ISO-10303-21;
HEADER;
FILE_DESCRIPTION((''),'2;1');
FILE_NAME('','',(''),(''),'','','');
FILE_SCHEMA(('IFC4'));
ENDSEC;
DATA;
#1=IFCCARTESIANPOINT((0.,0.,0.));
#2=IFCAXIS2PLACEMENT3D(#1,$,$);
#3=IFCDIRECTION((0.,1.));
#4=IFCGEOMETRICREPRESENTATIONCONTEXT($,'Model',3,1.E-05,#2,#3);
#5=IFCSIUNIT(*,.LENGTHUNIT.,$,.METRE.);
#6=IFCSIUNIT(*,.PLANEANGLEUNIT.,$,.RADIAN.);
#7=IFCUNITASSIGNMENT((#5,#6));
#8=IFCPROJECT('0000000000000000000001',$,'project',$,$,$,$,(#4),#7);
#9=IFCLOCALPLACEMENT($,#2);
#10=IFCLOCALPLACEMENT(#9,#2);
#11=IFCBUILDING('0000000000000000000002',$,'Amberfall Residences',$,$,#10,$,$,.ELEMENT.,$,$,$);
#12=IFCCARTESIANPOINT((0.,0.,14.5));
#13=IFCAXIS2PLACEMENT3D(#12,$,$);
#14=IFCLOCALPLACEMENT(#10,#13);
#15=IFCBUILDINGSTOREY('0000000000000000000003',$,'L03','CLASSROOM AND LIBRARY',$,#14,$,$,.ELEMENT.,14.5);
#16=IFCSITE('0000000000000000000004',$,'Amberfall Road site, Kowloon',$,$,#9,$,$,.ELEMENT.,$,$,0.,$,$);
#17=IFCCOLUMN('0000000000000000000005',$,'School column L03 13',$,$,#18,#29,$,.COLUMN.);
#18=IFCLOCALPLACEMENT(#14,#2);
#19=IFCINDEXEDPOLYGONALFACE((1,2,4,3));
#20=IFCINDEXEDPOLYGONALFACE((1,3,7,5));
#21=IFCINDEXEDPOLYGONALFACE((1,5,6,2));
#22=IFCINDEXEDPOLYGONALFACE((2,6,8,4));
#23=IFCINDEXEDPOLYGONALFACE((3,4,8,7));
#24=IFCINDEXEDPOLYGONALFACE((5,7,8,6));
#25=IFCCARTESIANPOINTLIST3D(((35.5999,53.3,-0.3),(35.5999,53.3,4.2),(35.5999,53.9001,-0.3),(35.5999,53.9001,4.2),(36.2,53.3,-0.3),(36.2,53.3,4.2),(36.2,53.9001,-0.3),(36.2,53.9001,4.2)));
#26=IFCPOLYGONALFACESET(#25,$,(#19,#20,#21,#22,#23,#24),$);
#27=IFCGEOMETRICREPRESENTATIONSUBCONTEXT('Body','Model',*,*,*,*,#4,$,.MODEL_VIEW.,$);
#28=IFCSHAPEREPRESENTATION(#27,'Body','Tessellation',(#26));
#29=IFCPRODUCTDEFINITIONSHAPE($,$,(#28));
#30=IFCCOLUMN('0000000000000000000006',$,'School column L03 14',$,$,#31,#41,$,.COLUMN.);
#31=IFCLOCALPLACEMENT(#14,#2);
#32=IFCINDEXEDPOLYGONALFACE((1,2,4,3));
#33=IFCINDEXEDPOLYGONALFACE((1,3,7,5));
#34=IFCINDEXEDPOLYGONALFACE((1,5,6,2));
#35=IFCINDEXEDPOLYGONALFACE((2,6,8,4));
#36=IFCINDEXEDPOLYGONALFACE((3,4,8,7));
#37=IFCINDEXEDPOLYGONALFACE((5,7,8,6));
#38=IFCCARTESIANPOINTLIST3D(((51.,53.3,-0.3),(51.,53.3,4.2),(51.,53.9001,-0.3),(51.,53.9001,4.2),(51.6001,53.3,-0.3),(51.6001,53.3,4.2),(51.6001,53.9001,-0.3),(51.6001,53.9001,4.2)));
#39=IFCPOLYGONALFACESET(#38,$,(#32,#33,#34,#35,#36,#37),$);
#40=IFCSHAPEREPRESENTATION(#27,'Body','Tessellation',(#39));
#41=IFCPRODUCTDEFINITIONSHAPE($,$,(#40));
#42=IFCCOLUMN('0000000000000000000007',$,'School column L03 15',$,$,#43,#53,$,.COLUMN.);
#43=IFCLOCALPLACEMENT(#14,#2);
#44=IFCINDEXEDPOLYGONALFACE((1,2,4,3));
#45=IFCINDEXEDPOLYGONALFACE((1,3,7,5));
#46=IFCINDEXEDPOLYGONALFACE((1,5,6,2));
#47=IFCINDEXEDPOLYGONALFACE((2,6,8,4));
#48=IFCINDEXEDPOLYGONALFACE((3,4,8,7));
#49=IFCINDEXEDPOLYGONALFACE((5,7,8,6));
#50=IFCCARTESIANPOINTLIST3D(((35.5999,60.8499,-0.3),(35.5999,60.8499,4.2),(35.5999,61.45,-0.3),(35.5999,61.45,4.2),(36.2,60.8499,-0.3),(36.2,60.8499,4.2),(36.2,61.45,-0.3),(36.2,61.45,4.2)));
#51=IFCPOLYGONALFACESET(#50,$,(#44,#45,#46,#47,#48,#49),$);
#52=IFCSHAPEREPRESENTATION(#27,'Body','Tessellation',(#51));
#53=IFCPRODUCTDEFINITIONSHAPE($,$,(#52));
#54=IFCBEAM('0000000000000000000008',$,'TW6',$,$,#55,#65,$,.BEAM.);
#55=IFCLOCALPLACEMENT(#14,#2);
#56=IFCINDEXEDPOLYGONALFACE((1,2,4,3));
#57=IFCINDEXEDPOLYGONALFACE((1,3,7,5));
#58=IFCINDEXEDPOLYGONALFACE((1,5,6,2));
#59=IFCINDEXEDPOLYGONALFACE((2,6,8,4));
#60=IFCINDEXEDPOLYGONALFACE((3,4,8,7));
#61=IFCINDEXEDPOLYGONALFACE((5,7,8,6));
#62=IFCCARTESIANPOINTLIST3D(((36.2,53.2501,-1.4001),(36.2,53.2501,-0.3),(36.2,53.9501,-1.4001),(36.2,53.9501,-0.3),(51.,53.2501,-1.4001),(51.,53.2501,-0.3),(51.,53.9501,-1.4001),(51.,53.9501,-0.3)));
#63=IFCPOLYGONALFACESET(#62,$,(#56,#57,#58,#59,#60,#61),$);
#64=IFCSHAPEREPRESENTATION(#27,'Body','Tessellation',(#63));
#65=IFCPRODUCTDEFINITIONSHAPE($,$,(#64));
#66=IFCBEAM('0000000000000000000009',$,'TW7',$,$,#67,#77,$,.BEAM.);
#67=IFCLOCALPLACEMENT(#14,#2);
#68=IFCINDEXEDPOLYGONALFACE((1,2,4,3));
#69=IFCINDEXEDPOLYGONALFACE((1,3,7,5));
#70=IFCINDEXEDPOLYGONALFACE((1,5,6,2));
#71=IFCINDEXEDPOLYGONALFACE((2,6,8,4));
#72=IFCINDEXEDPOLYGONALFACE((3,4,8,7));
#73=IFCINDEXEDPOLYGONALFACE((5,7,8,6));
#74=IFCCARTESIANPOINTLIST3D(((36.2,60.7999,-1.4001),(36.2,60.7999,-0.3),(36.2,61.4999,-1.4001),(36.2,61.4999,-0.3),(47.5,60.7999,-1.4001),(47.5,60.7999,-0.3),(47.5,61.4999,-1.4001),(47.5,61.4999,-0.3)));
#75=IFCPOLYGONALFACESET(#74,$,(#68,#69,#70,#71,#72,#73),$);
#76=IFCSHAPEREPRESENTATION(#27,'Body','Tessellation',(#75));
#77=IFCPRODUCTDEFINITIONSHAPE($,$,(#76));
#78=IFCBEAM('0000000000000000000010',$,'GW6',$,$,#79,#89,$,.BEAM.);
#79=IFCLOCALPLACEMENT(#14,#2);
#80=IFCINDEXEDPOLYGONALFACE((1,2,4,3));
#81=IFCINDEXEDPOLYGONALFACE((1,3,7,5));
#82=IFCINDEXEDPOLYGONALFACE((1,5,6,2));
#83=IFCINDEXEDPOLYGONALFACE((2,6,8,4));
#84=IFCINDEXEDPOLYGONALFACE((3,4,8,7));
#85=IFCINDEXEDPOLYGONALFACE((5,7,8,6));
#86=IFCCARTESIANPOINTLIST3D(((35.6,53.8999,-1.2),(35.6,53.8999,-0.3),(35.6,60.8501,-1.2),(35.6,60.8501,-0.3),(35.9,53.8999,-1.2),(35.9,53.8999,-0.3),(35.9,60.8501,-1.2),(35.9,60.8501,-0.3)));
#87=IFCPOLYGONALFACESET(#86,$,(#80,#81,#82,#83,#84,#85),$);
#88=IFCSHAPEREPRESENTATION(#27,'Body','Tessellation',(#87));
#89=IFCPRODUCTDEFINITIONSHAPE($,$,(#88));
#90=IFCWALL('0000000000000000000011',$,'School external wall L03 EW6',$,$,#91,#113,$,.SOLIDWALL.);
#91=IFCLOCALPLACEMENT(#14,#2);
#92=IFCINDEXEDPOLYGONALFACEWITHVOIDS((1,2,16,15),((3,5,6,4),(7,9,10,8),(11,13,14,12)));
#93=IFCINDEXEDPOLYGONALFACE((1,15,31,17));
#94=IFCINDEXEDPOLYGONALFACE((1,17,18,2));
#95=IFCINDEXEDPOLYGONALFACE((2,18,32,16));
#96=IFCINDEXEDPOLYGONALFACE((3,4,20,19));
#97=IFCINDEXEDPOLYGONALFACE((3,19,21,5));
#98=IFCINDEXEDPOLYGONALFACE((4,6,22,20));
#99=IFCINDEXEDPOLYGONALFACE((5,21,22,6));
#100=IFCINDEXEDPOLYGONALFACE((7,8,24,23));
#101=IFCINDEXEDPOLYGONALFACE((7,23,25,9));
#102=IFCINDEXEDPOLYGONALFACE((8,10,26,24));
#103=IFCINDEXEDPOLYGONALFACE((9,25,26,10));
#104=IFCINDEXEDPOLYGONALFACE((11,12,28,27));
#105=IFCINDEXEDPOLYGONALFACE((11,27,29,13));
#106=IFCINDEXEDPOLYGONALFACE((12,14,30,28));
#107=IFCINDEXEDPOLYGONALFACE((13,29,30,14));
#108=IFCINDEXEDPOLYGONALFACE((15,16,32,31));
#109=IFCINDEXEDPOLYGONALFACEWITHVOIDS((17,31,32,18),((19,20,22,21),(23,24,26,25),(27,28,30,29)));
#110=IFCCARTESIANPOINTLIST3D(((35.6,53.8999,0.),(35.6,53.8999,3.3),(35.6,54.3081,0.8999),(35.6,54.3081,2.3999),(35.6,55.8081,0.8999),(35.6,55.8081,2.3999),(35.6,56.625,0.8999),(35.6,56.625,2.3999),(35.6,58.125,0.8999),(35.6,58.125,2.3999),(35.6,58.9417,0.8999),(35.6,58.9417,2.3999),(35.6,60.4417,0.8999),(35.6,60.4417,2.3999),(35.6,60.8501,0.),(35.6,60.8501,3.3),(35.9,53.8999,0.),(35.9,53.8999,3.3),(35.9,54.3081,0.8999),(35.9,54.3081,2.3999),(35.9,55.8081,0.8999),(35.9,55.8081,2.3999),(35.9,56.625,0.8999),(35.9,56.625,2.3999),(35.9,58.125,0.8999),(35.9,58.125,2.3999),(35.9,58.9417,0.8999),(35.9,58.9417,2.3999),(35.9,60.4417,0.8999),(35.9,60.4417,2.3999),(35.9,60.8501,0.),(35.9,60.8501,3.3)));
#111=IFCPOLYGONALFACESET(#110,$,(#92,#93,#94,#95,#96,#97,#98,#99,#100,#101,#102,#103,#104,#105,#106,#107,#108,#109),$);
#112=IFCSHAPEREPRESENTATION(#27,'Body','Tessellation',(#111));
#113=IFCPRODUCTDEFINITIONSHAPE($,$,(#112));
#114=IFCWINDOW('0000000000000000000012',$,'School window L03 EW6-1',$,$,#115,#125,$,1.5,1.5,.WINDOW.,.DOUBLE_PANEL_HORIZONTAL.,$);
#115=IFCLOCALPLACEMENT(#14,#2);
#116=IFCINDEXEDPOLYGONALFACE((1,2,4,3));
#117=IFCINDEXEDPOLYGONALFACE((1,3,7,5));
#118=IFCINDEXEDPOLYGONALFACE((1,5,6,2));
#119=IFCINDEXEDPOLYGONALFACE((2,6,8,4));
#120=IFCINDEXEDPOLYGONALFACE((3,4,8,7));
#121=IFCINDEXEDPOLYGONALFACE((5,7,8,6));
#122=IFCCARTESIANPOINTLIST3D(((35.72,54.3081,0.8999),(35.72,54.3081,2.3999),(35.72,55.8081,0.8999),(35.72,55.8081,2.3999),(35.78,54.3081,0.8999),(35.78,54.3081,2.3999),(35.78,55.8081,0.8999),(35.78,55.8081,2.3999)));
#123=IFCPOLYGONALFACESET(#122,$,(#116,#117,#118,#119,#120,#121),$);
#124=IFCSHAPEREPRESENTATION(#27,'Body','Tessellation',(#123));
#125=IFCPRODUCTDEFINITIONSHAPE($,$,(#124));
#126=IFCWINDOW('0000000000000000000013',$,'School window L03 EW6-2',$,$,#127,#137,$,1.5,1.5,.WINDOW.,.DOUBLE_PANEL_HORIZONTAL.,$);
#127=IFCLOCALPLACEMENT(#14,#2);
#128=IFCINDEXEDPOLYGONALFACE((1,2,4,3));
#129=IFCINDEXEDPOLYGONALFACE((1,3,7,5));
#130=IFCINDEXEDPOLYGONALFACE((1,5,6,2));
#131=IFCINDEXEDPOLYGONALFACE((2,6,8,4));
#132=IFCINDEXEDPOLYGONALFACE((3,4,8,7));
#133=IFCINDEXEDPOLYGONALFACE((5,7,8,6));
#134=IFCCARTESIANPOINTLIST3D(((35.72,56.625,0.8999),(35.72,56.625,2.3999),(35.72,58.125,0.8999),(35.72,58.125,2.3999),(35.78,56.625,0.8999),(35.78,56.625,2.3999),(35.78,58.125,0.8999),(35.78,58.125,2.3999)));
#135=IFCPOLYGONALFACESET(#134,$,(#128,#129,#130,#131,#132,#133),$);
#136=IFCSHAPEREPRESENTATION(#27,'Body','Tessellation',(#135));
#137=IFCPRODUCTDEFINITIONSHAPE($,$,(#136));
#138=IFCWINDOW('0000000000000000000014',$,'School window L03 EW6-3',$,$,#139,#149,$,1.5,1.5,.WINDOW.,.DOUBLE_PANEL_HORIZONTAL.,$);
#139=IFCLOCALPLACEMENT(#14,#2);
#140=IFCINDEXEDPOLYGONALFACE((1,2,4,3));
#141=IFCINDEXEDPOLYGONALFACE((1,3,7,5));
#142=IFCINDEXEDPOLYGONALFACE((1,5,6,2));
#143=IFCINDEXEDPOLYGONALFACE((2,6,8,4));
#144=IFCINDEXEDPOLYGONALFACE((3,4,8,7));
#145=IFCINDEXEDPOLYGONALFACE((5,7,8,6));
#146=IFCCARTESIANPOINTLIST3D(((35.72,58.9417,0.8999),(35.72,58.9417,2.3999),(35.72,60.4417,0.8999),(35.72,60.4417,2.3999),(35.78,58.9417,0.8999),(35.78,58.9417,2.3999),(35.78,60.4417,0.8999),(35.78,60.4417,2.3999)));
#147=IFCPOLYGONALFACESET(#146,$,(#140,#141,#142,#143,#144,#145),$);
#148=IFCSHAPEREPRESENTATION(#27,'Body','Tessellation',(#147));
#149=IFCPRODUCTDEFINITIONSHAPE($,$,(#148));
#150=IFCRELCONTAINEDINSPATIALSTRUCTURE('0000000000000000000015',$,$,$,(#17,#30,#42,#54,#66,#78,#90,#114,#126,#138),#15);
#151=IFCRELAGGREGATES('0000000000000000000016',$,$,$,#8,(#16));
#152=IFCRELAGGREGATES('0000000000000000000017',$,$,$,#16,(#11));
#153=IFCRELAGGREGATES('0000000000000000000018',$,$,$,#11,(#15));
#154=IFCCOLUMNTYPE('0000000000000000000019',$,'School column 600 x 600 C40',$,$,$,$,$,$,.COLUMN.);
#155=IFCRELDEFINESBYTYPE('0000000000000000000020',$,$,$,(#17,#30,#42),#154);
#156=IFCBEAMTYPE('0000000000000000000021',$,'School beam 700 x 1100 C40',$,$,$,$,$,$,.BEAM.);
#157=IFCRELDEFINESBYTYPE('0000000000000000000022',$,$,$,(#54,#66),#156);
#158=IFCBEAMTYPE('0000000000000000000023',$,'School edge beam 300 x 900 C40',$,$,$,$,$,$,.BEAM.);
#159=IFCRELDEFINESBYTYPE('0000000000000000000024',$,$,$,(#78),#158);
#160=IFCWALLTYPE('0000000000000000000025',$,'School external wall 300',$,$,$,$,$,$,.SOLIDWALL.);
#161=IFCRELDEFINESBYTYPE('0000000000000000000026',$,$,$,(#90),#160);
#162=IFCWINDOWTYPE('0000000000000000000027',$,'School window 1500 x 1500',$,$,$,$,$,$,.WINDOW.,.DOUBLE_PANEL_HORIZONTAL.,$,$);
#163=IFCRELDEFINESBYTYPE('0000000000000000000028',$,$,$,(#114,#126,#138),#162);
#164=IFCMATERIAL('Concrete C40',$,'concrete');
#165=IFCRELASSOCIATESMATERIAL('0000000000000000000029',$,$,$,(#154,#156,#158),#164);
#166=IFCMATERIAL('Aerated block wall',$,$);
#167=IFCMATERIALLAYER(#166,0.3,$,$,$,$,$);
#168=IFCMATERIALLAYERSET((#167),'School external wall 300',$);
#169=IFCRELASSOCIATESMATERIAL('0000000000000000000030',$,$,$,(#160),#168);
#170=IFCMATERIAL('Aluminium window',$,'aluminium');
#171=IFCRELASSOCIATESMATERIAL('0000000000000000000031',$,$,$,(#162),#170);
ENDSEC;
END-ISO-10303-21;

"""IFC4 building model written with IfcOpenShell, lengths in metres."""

from ifc_helpers import new_model, si_unit, direction, frame, frame_2d, origin, origin_2d, place, context, subcontext, project, spatial, rectangle, extrude, material, layer, layer_set, material_profile, profile_set, type_object, element, fill, save


model = new_model("IFC4")

# Units and contexts
model_context = context("Model", 3, precision=1e-05, world=origin(), true_north=direction((0.0, 1.0)))
body_context = subcontext(model_context, "Body", "Model", "MODEL_VIEW")
ifc_project = project(units=[si_unit("LENGTHUNIT", "METRE"), si_unit("PLANEANGLEUNIT", "RADIAN")], contexts=[model_context])

# Site, building, storey
site_placement = place(None, origin())
site = spatial("IfcSite", under=ifc_project, at=site_placement, Name="Amberfall Road site, Kowloon", CompositionType="ELEMENT", RefElevation=0.0)
building_placement = place(site_placement, origin())
building = spatial("IfcBuilding", under=site, at=building_placement, Name="Amberfall Residences", CompositionType="ELEMENT")
storey_placement = place(building_placement, frame((0.0, 0.0, 14.5)))
storey = spatial("IfcBuildingStorey", under=building, at=storey_placement, Name="L03", Description="CLASSROOM AND LIBRARY", CompositionType="ELEMENT", Elevation=14.5)

# Columns
ifc_material_1 = material(Name="Concrete C40", Category="concrete")
ifc_material_profile_1 = material_profile(ifc_material_1, rectangle(XDim=0.6001, YDim=0.6001, at=origin_2d()), Name="School column 600 x 600 C40")
ifc_profile_set_1 = profile_set([ifc_material_profile_1], Name="Concrete C40")
column_type = type_object("IfcColumnType", Name="School column 600 x 600 C40", PredefinedType="COLUMN", material=ifc_profile_set_1)
for number, where, z_axis, x_axis, name in (
    (1, (35.8999, 53.6001, -0.3), (0.0, 0.0, 1.0), (1.0, 0.0, 0.0), "School column L03 13"),
    (2, (51.3, 53.6001, -0.3), (0.0, 0.0, 1.0), (1.0, 0.0, 0.0), "School column L03 14"),
    (3, (35.8999, 61.1499, -0.3), (0.0, 0.0, 1.0), (1.0, 0.0, 0.0), "School column L03 15"),
):
    element("IfcColumn", number, at=place(storey_placement, frame(where, z_axis=z_axis, x_axis=x_axis)), inside=storey, type_object=column_type, Name=name, PredefinedType="COLUMN", context=body_context, shape_type="SweptSolid", body=[
        extrude(rectangle(XDim=0.6001, YDim=0.6001, at=origin_2d()), origin(), (0.0, 0.0, 1.0), 4.5),
    ])

# Beams
ifc_material_profile_2 = material_profile(ifc_material_1, rectangle(XDim=0.7, YDim=1.1001, at=origin_2d()), Name="School beam 700 x 1100 C40")
ifc_profile_set_2 = profile_set([ifc_material_profile_2], Name="Concrete C40")
beam_type_1 = type_object("IfcBeamType", Name="School beam 700 x 1100 C40", PredefinedType="BEAM", material=ifc_profile_set_2)
beam_1_placement = place(storey_placement, frame((36.2, 53.6001, -0.8501), z_axis=(1.0, 0.0, 0.0), x_axis=(0.0, 1.0, 0.0)))
element("IfcBeam", 4, at=beam_1_placement, inside=storey, type_object=beam_type_1, Name="TW6", PredefinedType="BEAM", context=body_context, shape_type="SweptSolid", body=[
    extrude(rectangle(XDim=0.7, YDim=1.1001, at=origin_2d()), origin(), (0.0, 0.0, 1.0), 14.8),
])
beam_2_placement = place(storey_placement, frame((36.2, 61.1499, -0.8501), z_axis=(1.0, 0.0, 0.0), x_axis=(0.0, 1.0, 0.0)))
element("IfcBeam", 5, at=beam_2_placement, inside=storey, type_object=beam_type_1, Name="TW7", PredefinedType="BEAM", context=body_context, shape_type="SweptSolid", body=[
    extrude(rectangle(XDim=0.7, YDim=1.1001, at=origin_2d()), origin(), (0.0, 0.0, 1.0), 11.3),
])
ifc_material_profile_3 = material_profile(ifc_material_1, rectangle(XDim=0.3, YDim=0.8999, at=origin_2d()), Name="School edge beam 300 x 900 C40")
ifc_profile_set_3 = profile_set([ifc_material_profile_3], Name="Concrete C40")
beam_type_2 = type_object("IfcBeamType", Name="School edge beam 300 x 900 C40", PredefinedType="BEAM", material=ifc_profile_set_3)
beam_3_placement = place(storey_placement, frame((35.75, 53.8999, -0.75), z_axis=(0.0, 1.0, 0.0), x_axis=(-1.0, 0.0, 0.0)))
element("IfcBeam", 6, at=beam_3_placement, inside=storey, type_object=beam_type_2, Name="GW6", PredefinedType="BEAM", context=body_context, shape_type="SweptSolid", body=[
    extrude(rectangle(XDim=0.3, YDim=0.8999, at=origin_2d()), origin(), (0.0, 0.0, 1.0), 6.9502),
])

# Wall, openings, windows
ifc_material_2 = material(Name="Aerated block wall")
ifc_layer_1 = layer(ifc_material_2, 0.3)
ifc_layer_set_1 = layer_set([ifc_layer_1], Name="School external wall 300")
wall_type_1 = type_object("IfcWallType", Name="School external wall 300", PredefinedType="SOLIDWALL", material=ifc_layer_set_1)
wall_1_placement = place(storey_placement, frame((35.75, 53.8999, 0.0), z_axis=(0.0, 0.0, 1.0), x_axis=(0.0, 1.0, 0.0)))
wall_1 = element("IfcWall", 7, at=wall_1_placement, inside=storey, type_object=wall_type_1, Name="School external wall L03 EW6", PredefinedType="SOLIDWALL", context=body_context, shape_type="SweptSolid", body=[
    extrude(rectangle(XDim=6.9502, YDim=0.3, at=frame_2d((3.4751, 0.0))), origin(), (0.0, 0.0, 1.0), 3.3),
])
opening_1_placement = place(wall_1_placement, frame((0.4082, 0.0, 0.8999)))
opening_1 = element("IfcOpeningElement", 8, at=opening_1_placement, cuts=wall_1, PredefinedType="OPENING", context=body_context, shape_type="SweptSolid", body=[
    extrude(rectangle(XDim=1.5, YDim=1.5, at=frame_2d((0.75, 0.75))), frame((0.0, 0.1599, 0.0), z_axis=(0.0, -1.0, 0.0), x_axis=(1.0, 0.0, 0.0)), (0.0, 0.0, 1.0), 0.3201),
])
opening_2_placement = place(wall_1_placement, frame((2.7251, 0.0, 0.8999)))
opening_2 = element("IfcOpeningElement", 9, at=opening_2_placement, cuts=wall_1, PredefinedType="OPENING", context=body_context, shape_type="SweptSolid", body=[
    extrude(rectangle(XDim=1.5, YDim=1.5, at=frame_2d((0.75, 0.75))), frame((0.0, 0.1599, 0.0), z_axis=(0.0, -1.0, 0.0), x_axis=(1.0, 0.0, 0.0)), (0.0, 0.0, 1.0), 0.3201),
])
opening_3_placement = place(wall_1_placement, frame((5.0417, 0.0, 0.8999)))
opening_3 = element("IfcOpeningElement", 10, at=opening_3_placement, cuts=wall_1, PredefinedType="OPENING", context=body_context, shape_type="SweptSolid", body=[
    extrude(rectangle(XDim=1.5, YDim=1.5, at=frame_2d((0.75, 0.75))), frame((0.0, 0.1599, 0.0), z_axis=(0.0, -1.0, 0.0), x_axis=(1.0, 0.0, 0.0)), (0.0, 0.0, 1.0), 0.3201),
])
ifc_material_3 = material(Name="Aluminium window", Category="aluminium")
window_type = type_object("IfcWindowType", Name="School window 1500 x 1500", PartitioningType="DOUBLE_PANEL_HORIZONTAL", PredefinedType="WINDOW", material=ifc_material_3)
window_1_placement = place(opening_1_placement, origin())
window_1 = element("IfcWindow", 11, at=window_1_placement, inside=storey, type_object=window_type, Name="School window L03 EW6-1", OverallHeight=1.5, OverallWidth=1.5, PartitioningType="DOUBLE_PANEL_HORIZONTAL", PredefinedType="WINDOW", context=body_context, shape_type="SweptSolid", body=[
    extrude(rectangle(XDim=1.5, YDim=1.5, at=frame_2d((0.75, 0.75))), frame((0.0, 0.03, 0.0), z_axis=(0.0, -1.0, 0.0), x_axis=(1.0, 0.0, 0.0)), (0.0, 0.0, 1.0), 0.0601),
])
fill(opening_1, window_1)
window_2_placement = place(opening_2_placement, origin())
window_2 = element("IfcWindow", 12, at=window_2_placement, inside=storey, type_object=window_type, Name="School window L03 EW6-2", OverallHeight=1.5, OverallWidth=1.5, PartitioningType="DOUBLE_PANEL_HORIZONTAL", PredefinedType="WINDOW", context=body_context, shape_type="SweptSolid", body=[
    extrude(rectangle(XDim=1.5, YDim=1.5, at=frame_2d((0.75, 0.75))), frame((0.0, 0.03, 0.0), z_axis=(0.0, -1.0, 0.0), x_axis=(1.0, 0.0, 0.0)), (0.0, 0.0, 1.0), 0.0601),
])
fill(opening_2, window_2)
window_3_placement = place(opening_3_placement, origin())
window_3 = element("IfcWindow", 13, at=window_3_placement, inside=storey, type_object=window_type, Name="School window L03 EW6-3", OverallHeight=1.5, OverallWidth=1.5, PartitioningType="DOUBLE_PANEL_HORIZONTAL", PredefinedType="WINDOW", context=body_context, shape_type="SweptSolid", body=[
    extrude(rectangle(XDim=1.5, YDim=1.5, at=frame_2d((0.75, 0.75))), frame((0.0, 0.03, 0.0), z_axis=(0.0, -1.0, 0.0), x_axis=(1.0, 0.0, 0.0)), (0.0, 0.0, 1.0), 0.0601),
])
fill(opening_3, window_3)

save(model, "model.ifc")
